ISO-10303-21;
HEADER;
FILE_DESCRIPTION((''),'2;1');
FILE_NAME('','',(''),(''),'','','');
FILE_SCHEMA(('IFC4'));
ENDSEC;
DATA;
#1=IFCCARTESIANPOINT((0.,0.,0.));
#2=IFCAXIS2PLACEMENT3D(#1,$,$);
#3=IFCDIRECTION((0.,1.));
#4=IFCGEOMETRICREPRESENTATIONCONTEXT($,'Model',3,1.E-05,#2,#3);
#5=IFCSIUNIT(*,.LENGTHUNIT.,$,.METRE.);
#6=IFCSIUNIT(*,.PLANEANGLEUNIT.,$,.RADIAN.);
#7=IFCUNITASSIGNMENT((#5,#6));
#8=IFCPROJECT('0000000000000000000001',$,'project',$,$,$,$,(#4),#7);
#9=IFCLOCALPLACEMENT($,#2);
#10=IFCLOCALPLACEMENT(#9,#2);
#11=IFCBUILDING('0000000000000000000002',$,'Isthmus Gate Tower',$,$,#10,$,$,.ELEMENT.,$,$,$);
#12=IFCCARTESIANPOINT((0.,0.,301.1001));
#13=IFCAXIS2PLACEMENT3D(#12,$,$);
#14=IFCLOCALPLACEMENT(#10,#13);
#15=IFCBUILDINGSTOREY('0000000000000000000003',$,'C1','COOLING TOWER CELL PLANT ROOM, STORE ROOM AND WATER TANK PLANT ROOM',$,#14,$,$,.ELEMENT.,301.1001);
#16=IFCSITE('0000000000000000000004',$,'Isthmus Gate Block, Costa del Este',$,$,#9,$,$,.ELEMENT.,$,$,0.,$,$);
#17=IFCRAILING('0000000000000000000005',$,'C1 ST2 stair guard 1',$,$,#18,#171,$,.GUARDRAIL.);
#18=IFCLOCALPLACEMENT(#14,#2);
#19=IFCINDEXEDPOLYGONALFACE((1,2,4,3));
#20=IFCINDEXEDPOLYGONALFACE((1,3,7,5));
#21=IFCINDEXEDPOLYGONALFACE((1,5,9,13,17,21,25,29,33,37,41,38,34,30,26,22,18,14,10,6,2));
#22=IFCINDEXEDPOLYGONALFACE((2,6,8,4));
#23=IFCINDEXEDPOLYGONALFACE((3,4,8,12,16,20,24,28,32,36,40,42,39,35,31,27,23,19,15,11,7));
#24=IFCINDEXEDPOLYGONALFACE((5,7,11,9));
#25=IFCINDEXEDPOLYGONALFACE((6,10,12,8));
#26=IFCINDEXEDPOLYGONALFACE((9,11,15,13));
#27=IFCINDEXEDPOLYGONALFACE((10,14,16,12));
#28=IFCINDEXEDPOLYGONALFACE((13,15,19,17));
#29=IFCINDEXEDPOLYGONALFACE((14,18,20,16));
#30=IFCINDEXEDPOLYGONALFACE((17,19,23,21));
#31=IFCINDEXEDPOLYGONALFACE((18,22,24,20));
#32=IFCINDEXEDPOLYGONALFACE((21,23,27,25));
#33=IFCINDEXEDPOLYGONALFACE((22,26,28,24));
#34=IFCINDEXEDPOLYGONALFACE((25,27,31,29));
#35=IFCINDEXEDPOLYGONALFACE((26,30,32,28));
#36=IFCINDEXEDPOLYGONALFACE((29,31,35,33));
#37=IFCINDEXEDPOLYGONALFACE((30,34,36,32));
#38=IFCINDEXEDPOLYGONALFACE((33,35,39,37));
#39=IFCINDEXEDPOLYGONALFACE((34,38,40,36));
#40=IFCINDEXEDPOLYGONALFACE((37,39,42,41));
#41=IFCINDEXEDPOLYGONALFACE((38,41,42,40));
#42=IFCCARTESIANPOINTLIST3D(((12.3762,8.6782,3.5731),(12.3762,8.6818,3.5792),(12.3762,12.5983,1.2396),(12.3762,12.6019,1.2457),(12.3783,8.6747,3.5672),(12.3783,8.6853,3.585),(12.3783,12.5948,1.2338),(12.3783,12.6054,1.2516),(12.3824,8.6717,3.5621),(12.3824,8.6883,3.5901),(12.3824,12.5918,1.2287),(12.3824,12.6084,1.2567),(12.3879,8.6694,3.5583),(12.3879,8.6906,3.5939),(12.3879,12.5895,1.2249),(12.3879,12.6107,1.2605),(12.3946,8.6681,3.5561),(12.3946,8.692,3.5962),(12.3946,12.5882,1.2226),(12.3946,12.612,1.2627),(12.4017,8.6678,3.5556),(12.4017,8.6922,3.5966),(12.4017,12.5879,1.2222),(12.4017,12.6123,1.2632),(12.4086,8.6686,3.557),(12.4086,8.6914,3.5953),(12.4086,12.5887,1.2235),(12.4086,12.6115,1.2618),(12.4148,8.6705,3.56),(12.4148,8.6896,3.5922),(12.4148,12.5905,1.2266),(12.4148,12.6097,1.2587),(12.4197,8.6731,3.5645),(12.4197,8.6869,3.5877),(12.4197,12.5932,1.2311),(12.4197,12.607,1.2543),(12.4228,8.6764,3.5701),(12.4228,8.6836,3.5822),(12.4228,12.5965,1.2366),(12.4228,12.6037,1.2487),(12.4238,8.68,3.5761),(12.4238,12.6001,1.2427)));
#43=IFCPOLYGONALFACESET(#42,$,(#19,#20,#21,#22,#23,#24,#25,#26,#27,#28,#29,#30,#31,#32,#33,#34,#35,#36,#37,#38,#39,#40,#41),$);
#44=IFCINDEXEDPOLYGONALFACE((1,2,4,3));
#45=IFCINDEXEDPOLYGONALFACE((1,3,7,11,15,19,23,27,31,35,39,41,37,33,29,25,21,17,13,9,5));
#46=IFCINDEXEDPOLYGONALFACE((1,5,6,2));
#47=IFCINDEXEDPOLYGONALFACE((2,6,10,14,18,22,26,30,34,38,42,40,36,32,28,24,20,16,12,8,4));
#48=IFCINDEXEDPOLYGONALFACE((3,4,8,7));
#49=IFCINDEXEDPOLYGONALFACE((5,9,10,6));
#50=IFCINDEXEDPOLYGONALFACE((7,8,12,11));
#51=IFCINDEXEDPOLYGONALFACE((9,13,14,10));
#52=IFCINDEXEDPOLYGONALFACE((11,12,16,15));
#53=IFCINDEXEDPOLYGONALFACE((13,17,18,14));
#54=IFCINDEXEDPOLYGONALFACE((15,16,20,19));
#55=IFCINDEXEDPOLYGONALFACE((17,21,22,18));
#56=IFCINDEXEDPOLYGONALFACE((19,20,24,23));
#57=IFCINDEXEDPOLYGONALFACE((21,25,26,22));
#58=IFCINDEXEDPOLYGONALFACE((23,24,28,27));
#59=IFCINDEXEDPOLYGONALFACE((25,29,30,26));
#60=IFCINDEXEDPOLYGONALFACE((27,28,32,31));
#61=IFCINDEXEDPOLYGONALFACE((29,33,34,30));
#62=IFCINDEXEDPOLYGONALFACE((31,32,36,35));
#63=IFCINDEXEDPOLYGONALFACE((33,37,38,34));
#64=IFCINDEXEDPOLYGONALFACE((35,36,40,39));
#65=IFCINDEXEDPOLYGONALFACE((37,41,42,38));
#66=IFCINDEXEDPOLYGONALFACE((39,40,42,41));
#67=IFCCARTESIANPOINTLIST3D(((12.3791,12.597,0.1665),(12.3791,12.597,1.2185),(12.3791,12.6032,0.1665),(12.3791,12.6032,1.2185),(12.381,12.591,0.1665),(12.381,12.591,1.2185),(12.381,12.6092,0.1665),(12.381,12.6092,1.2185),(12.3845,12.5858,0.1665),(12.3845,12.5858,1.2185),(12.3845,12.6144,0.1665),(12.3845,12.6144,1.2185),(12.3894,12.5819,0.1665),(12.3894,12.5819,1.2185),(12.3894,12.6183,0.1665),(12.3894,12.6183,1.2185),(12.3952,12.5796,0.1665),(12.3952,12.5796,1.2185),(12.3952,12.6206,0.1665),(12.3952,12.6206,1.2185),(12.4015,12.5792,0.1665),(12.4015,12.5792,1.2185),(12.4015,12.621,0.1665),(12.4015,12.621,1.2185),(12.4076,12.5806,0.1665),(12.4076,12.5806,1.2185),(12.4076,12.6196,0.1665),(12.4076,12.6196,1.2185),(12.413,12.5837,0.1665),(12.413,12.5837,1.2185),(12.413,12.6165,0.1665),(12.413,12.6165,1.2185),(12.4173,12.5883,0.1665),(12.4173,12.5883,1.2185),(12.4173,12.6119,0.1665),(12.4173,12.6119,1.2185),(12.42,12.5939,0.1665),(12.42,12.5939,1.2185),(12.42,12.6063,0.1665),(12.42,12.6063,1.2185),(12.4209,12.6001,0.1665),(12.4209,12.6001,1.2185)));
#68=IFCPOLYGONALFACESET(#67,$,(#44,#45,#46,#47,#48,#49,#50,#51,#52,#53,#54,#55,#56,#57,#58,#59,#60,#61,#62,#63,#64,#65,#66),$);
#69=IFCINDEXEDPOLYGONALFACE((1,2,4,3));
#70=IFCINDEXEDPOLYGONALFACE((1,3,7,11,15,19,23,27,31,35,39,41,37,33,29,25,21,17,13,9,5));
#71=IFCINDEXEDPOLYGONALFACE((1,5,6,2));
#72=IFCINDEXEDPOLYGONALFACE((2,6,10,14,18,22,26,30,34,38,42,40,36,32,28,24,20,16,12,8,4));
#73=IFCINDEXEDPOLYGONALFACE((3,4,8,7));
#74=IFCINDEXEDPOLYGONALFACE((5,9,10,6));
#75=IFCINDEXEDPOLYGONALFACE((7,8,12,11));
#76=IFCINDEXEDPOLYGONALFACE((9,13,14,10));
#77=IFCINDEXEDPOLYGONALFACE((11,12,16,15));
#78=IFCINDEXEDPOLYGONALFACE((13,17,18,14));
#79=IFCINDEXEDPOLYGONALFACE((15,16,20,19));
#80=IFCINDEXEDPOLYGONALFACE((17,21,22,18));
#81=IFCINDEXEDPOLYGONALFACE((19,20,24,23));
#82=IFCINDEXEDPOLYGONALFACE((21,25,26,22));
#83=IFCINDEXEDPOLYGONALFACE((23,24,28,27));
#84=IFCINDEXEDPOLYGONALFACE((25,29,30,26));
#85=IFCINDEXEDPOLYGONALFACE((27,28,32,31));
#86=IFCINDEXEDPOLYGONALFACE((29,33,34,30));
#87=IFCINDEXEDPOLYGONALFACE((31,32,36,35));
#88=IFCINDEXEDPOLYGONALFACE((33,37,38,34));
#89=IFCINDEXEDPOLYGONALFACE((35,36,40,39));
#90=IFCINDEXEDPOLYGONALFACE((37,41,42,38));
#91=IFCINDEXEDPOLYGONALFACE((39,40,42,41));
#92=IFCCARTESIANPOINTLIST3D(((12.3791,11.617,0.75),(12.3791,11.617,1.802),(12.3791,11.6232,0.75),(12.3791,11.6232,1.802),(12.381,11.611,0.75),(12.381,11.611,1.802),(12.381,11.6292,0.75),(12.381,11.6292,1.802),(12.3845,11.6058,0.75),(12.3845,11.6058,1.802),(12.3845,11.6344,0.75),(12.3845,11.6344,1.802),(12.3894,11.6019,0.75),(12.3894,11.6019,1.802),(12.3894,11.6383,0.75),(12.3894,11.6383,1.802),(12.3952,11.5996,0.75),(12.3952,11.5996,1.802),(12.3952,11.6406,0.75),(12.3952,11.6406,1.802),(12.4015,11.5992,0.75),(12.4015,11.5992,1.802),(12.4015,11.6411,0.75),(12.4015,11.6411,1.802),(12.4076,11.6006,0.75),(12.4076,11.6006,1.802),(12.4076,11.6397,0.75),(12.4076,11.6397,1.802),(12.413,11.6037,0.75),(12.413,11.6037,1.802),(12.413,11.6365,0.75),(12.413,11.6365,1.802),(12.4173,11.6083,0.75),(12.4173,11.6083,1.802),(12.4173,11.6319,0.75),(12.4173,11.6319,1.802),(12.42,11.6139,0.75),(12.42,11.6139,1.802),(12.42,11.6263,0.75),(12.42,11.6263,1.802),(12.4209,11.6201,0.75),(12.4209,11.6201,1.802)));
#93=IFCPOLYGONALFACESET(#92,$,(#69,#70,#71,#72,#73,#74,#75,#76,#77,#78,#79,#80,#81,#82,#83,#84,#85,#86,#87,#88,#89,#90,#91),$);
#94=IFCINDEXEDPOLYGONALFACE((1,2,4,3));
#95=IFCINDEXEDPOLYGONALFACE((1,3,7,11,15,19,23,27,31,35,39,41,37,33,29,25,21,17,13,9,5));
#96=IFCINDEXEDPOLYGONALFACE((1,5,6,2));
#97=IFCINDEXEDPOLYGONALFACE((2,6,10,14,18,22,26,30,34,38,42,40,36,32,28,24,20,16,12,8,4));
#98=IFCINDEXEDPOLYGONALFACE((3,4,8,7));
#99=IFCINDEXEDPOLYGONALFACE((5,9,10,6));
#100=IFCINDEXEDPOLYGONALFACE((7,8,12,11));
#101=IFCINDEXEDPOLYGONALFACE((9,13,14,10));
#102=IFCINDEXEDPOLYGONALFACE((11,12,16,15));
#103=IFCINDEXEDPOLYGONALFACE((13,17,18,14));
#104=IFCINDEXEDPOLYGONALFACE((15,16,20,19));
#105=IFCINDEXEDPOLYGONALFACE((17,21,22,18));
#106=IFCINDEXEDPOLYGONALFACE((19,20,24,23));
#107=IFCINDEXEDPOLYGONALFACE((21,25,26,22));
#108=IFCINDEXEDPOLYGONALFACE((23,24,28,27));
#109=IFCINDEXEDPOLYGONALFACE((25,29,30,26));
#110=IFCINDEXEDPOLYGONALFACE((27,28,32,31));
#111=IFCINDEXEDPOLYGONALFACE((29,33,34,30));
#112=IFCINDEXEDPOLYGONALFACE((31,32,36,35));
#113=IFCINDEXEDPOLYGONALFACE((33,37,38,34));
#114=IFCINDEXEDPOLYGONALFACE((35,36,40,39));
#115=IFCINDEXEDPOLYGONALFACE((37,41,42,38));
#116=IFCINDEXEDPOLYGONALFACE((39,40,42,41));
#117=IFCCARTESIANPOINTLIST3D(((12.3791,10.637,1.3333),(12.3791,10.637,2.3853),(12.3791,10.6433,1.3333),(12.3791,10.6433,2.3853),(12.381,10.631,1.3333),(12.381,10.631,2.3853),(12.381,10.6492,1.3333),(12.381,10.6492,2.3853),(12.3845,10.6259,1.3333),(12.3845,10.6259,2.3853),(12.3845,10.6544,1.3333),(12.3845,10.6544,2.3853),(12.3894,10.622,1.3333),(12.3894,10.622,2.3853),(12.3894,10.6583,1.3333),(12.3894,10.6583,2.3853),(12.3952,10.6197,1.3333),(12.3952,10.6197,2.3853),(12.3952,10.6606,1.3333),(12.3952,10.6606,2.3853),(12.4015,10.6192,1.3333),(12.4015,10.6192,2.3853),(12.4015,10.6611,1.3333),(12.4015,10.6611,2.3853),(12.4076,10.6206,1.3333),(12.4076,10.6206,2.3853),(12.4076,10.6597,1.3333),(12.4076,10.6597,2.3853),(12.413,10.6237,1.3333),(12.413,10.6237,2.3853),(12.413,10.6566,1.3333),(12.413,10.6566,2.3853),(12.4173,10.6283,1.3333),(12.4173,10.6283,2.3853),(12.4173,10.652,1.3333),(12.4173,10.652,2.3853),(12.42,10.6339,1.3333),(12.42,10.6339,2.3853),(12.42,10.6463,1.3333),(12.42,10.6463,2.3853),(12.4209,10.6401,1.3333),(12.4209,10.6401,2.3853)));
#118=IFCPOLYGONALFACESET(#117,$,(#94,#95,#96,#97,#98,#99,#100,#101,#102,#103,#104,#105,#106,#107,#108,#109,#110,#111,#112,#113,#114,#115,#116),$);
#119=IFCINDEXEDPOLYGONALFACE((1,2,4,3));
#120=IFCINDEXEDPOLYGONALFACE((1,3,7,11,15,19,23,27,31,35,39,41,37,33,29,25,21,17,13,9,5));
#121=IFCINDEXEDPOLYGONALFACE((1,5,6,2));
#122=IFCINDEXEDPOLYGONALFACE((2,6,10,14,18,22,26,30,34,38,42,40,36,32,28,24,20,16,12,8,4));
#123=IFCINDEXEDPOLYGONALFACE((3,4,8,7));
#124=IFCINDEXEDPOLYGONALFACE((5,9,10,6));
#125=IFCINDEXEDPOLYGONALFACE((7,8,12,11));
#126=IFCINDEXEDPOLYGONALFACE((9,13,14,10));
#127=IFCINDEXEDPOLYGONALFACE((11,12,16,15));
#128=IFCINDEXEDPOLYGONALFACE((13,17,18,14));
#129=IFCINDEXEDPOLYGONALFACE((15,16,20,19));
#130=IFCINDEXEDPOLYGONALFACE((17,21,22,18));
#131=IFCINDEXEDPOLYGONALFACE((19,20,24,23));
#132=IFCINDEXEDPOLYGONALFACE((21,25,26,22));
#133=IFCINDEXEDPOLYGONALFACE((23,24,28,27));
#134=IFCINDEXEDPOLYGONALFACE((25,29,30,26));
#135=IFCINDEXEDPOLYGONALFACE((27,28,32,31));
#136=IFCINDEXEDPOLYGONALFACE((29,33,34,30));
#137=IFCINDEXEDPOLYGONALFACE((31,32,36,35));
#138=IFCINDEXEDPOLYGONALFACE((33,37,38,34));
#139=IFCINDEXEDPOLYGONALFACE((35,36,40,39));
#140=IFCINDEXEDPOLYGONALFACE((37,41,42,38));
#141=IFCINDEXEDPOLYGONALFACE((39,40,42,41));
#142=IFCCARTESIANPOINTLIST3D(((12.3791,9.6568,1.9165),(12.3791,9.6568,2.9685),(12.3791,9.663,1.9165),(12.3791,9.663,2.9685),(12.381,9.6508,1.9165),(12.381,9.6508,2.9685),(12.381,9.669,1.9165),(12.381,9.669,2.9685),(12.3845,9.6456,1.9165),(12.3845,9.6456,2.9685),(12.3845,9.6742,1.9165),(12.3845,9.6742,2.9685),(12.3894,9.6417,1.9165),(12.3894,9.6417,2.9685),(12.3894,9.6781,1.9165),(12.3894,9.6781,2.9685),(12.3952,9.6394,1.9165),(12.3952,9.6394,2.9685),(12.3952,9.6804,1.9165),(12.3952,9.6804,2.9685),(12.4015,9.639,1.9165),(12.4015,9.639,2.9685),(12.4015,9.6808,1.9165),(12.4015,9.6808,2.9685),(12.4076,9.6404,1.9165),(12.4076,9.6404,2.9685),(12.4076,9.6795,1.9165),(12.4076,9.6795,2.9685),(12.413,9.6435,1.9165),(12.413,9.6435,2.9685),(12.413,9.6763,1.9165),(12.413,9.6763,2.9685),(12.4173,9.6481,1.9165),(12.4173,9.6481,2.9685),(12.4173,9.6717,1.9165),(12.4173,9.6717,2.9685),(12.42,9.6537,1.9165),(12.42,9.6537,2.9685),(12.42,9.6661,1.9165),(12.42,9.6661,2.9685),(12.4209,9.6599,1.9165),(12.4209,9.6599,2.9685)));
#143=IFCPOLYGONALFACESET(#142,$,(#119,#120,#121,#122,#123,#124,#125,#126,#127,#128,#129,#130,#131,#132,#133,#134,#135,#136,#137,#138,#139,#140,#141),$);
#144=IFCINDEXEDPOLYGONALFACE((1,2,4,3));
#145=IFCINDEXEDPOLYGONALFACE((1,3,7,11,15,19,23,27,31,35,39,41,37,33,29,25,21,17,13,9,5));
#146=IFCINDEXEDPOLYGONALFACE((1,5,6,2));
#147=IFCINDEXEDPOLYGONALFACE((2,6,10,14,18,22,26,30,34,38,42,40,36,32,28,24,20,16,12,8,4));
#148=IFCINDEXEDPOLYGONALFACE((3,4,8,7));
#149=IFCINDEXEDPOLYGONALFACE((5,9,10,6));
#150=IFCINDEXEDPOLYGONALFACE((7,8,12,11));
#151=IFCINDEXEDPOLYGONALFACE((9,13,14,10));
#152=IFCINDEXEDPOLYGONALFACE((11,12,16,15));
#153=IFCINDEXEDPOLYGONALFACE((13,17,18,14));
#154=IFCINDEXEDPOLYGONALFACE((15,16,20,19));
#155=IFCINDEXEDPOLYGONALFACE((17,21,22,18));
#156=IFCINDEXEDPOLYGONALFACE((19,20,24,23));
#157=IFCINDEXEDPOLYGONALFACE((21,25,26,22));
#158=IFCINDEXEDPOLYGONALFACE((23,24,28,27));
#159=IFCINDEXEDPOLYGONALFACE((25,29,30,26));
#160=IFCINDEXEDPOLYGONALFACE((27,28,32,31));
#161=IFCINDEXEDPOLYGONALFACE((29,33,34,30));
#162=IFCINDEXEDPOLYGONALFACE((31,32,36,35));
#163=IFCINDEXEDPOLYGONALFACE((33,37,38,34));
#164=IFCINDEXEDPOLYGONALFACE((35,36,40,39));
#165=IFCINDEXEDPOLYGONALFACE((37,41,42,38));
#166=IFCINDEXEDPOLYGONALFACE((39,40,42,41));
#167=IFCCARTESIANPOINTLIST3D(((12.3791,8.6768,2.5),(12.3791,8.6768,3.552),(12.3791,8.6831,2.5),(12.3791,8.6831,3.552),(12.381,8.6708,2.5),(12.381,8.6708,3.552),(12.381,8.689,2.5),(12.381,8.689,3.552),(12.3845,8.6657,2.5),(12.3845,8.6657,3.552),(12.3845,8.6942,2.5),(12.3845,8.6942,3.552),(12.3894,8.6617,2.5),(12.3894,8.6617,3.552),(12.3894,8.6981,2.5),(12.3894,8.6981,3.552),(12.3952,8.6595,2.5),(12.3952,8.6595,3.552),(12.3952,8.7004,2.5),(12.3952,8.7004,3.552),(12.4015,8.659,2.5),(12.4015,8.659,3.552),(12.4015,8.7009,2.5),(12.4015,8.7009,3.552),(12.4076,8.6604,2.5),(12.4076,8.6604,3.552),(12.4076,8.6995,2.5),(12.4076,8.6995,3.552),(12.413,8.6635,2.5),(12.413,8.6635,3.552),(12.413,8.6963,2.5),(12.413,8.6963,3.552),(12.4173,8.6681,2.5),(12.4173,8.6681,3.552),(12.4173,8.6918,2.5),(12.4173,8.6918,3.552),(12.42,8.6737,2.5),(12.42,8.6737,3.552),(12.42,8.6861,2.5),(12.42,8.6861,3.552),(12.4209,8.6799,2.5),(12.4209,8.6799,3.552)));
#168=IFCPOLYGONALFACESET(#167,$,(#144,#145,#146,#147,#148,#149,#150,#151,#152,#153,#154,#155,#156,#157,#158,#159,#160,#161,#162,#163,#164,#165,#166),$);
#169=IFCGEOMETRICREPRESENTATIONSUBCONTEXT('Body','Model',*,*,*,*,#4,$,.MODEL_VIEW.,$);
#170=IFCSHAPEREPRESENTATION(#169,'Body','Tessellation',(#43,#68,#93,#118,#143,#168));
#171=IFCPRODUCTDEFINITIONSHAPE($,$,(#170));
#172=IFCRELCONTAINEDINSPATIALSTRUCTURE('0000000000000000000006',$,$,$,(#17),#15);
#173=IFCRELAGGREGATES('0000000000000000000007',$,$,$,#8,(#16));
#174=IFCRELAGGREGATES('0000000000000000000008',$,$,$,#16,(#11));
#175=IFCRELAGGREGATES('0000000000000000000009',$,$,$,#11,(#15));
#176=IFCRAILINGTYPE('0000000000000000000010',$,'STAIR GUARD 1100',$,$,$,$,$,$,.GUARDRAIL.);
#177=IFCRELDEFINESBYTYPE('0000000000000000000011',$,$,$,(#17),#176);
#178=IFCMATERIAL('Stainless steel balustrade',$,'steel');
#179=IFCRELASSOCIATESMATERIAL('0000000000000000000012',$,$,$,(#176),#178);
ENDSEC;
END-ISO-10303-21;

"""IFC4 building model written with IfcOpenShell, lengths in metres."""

from ifc_helpers import new_model, si_unit, direction, frame, origin, origin_2d, place, context, subcontext, project, spatial, circle, extrude, material, type_object, element, save


model = new_model("IFC4")

# Units and contexts
model_context = context("Model", 3, precision=1e-05, world=origin(), true_north=direction((0.0, 1.0)))
body_context = subcontext(model_context, "Body", "Model", "MODEL_VIEW")
ifc_project = project(units=[si_unit("LENGTHUNIT", "METRE"), si_unit("PLANEANGLEUNIT", "RADIAN")], contexts=[model_context])

# Site, building, storey
site_placement = place(None, origin())
site = spatial("IfcSite", under=ifc_project, at=site_placement, Name="Isthmus Gate Block, Costa del Este", CompositionType="ELEMENT", RefElevation=0.0)
building_placement = place(site_placement, origin())
building = spatial("IfcBuilding", under=site, at=building_placement, Name="Isthmus Gate Tower", CompositionType="ELEMENT")
storey_placement = place(building_placement, frame((0.0, 0.0, 301.1001)))
storey = spatial("IfcBuildingStorey", under=building, at=storey_placement, Name="C1", Description="COOLING TOWER CELL PLANT ROOM, STORE ROOM AND WATER TANK PLANT ROOM", CompositionType="ELEMENT", Elevation=301.1001)

# Railing
ifc_material_1 = material(Name="Stainless steel balustrade", Category="steel")
railing_type_1 = type_object("IfcRailingType", Name="STAIR GUARD 1100", PredefinedType="GUARDRAIL", material=ifc_material_1)
railing_1_placement = place(storey_placement, frame((12.3999, 12.6001, 0.1665)))
element("IfcRailing", 1, at=railing_1_placement, inside=storey, type_object=railing_type_1, Name="C1 ST2 stair guard 1", PredefinedType="GUARDRAIL", context=body_context, shape_type="SweptSolid", body=[
    extrude(circle(Radius=0.0239, at=origin_2d()), frame((0.0, 0.0, 1.0762), z_axis=(0.0, -0.859287, 0.511494), x_axis=(1.0, 0.0, 0.0)), (0.0, 0.0, 1.0), 4.562),
    extrude(circle(Radius=0.021, at=origin_2d()), origin(), (0.0, 0.0, 1.0), 1.052),
    extrude(circle(Radius=0.021, at=origin_2d()), frame((0.0, -0.98, 0.5835)), (0.0, 0.0, 1.0), 1.052),
    extrude(circle(Radius=0.021, at=origin_2d()), frame((0.0, -1.96, 1.1667)), (0.0, 0.0, 1.0), 1.052),
    extrude(circle(Radius=0.021, at=origin_2d()), frame((0.0, -2.9402, 1.75)), (0.0, 0.0, 1.0), 1.052),
    extrude(circle(Radius=0.021, at=origin_2d()), frame((0.0, -3.9202, 2.3335)), (0.0, 0.0, 1.0), 1.052),
])

save(model, "model.ifc")
